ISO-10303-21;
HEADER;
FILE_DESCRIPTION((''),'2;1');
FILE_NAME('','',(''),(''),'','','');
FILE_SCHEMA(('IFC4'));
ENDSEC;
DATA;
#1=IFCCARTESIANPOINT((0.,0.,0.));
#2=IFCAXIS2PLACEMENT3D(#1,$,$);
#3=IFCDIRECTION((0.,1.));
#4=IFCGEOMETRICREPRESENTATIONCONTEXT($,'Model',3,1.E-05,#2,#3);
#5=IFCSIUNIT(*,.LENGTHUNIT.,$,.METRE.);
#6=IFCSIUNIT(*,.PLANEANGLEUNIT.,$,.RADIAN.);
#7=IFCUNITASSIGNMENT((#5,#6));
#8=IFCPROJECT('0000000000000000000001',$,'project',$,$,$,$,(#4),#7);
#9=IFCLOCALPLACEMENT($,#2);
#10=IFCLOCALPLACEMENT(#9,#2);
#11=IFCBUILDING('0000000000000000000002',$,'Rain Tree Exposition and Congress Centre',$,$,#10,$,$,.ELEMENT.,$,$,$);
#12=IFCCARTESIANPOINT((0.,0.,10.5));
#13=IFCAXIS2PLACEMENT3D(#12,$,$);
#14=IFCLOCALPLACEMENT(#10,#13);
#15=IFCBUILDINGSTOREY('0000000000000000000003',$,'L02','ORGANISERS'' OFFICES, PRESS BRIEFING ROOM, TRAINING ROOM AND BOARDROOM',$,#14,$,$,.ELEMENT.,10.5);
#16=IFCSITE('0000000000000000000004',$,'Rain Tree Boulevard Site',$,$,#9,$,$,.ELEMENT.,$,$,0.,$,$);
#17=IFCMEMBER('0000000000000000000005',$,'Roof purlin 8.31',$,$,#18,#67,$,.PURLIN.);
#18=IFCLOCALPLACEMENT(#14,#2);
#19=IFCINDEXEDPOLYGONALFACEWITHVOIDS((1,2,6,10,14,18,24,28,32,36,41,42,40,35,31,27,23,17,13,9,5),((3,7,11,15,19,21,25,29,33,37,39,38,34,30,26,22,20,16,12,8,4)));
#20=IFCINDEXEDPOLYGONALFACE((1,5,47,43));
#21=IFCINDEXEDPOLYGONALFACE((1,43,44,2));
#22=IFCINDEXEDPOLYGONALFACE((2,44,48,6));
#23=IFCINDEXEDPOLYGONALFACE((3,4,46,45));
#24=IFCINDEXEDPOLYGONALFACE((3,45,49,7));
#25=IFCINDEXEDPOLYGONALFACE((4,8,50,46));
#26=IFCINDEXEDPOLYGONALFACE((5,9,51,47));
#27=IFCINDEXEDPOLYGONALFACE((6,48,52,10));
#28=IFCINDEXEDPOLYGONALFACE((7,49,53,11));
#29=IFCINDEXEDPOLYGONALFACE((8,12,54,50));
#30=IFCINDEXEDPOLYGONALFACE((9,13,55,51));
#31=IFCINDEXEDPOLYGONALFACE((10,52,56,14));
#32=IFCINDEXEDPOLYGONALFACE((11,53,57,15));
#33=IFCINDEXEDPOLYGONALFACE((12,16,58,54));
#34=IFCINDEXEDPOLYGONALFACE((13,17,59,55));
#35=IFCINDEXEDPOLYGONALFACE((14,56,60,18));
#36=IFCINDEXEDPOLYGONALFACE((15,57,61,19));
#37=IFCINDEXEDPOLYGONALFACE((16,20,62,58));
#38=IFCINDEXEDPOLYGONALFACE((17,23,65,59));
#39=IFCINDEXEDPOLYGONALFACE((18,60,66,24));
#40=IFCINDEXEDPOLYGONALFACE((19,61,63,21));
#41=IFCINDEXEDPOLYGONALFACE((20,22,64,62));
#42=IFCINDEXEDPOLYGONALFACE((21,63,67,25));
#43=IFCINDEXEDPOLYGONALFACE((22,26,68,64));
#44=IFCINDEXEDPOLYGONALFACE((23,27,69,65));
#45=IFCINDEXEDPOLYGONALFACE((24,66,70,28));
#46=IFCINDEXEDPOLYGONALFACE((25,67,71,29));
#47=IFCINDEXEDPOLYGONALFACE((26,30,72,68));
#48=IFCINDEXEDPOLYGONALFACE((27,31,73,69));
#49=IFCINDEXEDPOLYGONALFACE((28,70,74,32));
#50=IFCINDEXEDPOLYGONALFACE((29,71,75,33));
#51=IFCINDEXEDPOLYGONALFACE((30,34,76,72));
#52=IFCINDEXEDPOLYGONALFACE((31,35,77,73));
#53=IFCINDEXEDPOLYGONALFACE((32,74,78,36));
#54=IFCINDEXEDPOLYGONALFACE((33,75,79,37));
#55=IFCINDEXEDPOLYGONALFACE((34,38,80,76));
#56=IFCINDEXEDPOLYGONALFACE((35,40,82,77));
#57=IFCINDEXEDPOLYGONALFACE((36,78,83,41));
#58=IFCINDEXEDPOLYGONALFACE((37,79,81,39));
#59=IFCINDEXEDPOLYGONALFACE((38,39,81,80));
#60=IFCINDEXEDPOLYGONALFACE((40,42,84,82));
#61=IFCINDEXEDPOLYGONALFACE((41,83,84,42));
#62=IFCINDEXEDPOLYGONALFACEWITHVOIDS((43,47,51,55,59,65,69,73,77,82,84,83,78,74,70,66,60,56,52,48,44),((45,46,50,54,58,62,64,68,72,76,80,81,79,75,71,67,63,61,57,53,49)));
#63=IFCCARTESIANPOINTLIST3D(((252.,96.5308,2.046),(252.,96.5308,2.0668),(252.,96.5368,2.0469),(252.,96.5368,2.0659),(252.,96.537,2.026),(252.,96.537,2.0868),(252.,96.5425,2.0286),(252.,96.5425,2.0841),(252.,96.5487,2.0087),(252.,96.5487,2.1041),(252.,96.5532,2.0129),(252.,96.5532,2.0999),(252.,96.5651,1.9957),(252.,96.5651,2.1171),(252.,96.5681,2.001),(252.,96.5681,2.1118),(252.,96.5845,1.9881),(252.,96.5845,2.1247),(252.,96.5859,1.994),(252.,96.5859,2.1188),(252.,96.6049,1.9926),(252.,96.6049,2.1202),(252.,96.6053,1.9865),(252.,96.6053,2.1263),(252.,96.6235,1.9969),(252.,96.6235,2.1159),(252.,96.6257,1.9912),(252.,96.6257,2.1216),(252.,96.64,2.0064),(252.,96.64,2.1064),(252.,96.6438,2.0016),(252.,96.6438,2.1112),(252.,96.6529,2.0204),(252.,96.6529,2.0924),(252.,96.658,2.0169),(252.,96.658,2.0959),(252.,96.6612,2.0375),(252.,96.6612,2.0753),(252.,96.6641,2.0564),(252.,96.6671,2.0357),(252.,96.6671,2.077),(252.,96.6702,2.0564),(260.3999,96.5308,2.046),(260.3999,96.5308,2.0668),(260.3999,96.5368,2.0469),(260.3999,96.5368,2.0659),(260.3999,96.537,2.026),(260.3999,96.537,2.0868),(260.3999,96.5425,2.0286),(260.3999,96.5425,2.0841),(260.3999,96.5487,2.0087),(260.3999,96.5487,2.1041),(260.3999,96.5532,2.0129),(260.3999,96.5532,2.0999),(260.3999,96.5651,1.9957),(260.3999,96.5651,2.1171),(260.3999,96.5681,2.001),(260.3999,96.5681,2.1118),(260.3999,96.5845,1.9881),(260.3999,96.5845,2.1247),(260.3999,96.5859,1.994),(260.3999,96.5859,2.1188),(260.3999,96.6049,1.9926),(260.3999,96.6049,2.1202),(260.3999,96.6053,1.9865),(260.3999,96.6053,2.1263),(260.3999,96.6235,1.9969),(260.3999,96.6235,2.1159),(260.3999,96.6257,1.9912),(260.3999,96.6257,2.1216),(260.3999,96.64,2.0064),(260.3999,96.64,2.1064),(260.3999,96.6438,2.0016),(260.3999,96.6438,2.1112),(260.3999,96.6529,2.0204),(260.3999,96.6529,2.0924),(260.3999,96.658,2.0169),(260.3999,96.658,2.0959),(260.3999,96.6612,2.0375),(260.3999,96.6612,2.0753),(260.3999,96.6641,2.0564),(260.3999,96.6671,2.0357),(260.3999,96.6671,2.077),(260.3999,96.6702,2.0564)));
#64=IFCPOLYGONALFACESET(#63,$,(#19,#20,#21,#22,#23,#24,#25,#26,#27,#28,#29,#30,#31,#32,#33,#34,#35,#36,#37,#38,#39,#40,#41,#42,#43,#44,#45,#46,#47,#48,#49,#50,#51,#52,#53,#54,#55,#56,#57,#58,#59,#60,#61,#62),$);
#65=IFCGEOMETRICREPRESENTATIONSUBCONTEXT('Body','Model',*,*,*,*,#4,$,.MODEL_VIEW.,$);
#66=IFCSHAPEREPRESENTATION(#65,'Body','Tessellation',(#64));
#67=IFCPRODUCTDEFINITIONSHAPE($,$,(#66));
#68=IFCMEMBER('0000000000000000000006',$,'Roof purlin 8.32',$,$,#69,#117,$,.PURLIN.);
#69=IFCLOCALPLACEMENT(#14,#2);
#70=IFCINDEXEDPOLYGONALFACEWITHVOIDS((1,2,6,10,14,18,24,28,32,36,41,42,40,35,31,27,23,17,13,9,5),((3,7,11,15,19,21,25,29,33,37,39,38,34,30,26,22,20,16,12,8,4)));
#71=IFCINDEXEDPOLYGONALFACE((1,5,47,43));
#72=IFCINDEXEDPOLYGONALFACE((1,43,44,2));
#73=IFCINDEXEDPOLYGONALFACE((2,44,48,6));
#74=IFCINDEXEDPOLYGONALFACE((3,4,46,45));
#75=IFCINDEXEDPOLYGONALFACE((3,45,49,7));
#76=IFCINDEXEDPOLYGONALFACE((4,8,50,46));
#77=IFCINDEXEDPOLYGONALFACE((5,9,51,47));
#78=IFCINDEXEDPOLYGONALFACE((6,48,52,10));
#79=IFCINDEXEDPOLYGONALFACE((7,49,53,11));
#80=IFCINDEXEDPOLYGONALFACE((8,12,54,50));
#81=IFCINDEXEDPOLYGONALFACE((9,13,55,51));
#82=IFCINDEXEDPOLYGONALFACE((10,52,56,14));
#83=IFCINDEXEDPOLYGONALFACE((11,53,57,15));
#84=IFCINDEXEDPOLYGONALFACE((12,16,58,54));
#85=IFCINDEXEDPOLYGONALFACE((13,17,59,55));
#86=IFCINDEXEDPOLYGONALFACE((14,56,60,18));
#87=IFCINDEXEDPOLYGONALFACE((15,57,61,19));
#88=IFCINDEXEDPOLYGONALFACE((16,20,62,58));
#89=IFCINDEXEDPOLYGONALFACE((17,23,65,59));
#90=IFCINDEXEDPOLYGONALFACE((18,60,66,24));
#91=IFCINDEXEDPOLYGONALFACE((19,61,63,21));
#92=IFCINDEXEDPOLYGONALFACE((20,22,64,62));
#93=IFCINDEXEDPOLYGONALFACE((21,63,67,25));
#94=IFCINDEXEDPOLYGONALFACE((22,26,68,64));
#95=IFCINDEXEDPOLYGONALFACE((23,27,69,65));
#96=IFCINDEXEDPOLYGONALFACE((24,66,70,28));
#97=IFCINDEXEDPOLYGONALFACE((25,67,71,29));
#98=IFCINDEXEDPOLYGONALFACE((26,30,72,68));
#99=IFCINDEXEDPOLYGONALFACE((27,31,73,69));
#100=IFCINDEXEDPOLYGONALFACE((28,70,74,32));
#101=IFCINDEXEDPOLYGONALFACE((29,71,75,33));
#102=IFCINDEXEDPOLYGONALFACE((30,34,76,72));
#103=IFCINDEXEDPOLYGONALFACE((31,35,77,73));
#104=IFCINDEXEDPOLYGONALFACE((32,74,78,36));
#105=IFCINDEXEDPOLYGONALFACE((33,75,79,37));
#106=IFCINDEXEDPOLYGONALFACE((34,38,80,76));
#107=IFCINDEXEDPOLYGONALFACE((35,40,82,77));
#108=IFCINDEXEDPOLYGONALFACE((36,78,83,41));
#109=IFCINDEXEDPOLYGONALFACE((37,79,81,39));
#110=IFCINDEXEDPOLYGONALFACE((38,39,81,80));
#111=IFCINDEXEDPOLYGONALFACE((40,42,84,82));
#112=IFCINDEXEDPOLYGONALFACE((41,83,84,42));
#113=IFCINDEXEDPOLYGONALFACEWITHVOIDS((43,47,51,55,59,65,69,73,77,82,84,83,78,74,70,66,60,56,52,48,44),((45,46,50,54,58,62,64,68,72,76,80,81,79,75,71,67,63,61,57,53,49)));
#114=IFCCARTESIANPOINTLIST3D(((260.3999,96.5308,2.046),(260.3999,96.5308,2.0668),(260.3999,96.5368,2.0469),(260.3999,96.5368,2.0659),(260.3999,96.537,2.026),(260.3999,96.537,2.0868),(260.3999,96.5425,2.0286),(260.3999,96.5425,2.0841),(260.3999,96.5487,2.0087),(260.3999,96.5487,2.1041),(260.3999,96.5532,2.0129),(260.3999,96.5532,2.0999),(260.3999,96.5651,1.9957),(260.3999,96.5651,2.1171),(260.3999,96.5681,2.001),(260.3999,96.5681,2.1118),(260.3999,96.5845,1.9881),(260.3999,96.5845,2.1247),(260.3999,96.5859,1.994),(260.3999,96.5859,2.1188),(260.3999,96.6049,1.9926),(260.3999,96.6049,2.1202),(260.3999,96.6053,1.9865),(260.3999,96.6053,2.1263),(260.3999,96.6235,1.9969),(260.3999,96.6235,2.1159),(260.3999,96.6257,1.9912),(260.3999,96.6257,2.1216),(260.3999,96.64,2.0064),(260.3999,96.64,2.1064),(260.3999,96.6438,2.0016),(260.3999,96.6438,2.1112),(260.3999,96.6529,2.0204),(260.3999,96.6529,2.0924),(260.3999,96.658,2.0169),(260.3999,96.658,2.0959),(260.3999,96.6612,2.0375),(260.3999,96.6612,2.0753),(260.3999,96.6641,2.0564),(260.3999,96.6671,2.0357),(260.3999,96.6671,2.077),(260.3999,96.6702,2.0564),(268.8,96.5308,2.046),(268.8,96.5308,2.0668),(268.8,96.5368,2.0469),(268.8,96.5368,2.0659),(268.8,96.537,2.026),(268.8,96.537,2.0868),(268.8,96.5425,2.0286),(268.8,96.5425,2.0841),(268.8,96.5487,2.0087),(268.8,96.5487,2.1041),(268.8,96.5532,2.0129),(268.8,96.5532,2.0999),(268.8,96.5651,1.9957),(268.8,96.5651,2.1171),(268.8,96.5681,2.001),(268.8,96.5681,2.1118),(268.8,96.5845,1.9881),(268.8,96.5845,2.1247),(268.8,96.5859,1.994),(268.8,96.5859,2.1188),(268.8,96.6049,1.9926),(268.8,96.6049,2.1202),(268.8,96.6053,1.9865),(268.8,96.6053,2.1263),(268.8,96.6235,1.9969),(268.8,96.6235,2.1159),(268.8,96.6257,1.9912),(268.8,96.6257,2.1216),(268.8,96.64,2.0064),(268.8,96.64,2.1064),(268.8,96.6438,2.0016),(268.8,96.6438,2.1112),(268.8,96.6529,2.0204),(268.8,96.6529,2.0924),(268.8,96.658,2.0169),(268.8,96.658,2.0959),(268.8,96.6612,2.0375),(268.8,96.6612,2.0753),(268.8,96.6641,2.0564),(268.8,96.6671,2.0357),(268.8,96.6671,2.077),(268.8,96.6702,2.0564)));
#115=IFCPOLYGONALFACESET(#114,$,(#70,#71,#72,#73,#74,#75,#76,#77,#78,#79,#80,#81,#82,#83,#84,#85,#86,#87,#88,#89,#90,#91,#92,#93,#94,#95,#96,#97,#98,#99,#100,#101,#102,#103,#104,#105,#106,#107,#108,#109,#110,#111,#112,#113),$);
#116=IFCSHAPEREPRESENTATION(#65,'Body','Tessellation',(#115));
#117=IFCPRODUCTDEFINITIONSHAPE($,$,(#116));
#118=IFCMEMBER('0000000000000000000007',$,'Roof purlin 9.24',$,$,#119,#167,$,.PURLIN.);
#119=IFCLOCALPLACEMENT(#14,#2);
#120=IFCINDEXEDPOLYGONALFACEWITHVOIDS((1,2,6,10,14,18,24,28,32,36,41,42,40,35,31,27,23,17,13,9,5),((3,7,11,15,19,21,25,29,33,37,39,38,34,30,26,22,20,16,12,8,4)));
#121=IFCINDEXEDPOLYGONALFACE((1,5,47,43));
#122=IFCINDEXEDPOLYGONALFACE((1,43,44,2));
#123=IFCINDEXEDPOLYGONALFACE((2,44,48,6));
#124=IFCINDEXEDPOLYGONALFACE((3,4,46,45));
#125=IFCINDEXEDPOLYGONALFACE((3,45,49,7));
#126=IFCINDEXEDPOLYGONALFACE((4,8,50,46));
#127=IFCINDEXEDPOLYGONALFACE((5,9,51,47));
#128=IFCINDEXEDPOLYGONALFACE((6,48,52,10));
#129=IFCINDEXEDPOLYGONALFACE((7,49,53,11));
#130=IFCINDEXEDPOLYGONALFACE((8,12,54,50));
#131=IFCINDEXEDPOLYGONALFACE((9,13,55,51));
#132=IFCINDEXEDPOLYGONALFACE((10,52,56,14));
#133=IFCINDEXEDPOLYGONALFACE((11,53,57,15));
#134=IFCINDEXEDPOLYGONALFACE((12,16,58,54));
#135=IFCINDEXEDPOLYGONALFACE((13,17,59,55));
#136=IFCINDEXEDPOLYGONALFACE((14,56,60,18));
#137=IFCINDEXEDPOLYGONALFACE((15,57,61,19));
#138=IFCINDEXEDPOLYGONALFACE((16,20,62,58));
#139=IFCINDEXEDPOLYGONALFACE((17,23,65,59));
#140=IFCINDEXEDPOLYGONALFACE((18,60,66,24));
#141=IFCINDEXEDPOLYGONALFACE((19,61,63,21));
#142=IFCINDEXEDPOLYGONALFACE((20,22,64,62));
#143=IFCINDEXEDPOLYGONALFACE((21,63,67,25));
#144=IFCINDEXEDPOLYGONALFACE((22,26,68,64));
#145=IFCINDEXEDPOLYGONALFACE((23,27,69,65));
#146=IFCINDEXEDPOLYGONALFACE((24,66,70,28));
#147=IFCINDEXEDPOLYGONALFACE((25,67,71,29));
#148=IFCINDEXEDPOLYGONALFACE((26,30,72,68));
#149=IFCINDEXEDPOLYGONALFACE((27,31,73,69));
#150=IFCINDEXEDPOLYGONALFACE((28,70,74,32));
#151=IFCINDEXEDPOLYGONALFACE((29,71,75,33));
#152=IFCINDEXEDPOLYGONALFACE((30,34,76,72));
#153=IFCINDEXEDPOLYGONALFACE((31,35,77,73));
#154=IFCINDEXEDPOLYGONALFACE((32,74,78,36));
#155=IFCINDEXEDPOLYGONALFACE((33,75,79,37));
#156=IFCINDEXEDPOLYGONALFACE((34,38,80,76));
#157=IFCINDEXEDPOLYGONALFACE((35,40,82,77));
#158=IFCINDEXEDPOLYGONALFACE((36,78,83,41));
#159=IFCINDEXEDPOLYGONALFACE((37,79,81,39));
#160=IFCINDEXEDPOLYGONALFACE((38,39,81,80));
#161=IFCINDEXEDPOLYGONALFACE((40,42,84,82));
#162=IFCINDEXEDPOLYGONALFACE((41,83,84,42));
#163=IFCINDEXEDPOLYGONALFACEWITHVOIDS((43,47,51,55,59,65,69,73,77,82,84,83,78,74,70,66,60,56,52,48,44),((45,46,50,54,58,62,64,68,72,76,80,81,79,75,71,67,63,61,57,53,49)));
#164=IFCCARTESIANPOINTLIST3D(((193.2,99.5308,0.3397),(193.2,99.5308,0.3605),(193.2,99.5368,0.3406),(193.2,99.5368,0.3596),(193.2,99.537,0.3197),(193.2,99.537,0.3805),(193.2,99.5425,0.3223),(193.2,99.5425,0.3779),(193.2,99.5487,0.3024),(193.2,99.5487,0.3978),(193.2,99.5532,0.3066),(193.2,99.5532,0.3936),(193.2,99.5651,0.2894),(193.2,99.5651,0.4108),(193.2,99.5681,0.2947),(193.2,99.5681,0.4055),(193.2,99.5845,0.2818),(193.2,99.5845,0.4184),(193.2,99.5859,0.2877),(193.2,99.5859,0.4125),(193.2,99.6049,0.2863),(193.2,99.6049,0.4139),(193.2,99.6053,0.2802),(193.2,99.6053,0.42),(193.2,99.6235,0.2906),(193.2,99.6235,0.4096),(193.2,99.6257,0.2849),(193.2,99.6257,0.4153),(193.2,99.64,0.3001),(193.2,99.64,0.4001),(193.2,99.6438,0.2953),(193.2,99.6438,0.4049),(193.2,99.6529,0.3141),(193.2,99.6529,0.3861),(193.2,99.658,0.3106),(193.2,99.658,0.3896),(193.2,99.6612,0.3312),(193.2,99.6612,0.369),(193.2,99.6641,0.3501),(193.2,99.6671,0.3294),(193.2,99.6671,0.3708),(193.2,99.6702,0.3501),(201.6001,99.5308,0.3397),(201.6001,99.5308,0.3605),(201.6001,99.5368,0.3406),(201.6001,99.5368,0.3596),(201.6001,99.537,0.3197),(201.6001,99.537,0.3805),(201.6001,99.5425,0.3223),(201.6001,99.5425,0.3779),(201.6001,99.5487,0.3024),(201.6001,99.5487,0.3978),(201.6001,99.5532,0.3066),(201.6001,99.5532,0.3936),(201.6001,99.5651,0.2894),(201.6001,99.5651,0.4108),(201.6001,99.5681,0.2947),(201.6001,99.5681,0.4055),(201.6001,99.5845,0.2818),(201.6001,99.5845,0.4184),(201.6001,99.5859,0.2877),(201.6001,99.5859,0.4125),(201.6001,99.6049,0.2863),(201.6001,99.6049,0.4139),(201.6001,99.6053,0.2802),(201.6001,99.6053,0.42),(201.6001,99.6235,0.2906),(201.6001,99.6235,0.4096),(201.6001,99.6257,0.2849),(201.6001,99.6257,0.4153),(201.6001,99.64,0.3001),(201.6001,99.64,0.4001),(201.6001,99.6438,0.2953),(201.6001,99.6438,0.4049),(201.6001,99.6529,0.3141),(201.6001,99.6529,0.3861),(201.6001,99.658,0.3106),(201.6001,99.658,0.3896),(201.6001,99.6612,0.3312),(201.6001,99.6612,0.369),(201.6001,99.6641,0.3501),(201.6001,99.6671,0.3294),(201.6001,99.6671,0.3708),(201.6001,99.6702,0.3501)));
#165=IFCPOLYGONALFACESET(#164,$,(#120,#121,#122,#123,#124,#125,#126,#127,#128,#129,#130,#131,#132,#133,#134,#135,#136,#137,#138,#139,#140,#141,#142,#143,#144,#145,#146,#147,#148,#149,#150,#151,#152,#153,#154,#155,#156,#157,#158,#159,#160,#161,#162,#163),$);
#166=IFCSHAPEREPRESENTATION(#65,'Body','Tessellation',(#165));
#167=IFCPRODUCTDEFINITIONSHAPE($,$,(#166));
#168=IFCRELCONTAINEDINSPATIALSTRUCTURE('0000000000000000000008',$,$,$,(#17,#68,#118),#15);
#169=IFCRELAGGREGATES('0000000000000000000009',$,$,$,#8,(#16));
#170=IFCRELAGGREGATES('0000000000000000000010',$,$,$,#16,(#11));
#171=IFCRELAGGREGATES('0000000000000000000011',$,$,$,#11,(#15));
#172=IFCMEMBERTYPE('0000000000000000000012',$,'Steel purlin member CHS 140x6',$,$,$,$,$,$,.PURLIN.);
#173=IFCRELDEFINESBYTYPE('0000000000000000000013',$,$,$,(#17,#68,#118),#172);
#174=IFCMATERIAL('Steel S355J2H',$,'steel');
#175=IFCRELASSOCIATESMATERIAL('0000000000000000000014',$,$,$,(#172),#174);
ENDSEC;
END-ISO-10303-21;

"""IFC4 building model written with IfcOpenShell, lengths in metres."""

from ifc_helpers import new_model, si_unit, direction, frame, origin, origin_2d, place, context, subcontext, project, spatial, hollow_circle, extrude, material, material_profile, profile_set, type_object, element, save


model = new_model("IFC4")

# Units and contexts
model_context = context("Model", 3, precision=1e-05, world=origin(), true_north=direction((0.0, 1.0)))
body_context = subcontext(model_context, "Body", "Model", "MODEL_VIEW")
ifc_project = project(units=[si_unit("LENGTHUNIT", "METRE"), si_unit("PLANEANGLEUNIT", "RADIAN")], contexts=[model_context])

# Site, building, storey
site_placement = place(None, origin())
site = spatial("IfcSite", under=ifc_project, at=site_placement, Name="Rain Tree Boulevard Site", CompositionType="ELEMENT", RefElevation=0.0)
building_placement = place(site_placement, origin())
building = spatial("IfcBuilding", under=site, at=building_placement, Name="Rain Tree Exposition and Congress Centre", CompositionType="ELEMENT")
storey_placement = place(building_placement, frame((0.0, 0.0, 10.5)))
storey = spatial("IfcBuildingStorey", under=building, at=storey_placement, Name="L02", Description="ORGANISERS' OFFICES, PRESS BRIEFING ROOM, TRAINING ROOM AND BOARDROOM", CompositionType="ELEMENT", Elevation=10.5)

# Members
ifc_material_1 = material(Name="Steel S355J2H", Category="steel")
ifc_material_profile_1 = material_profile(ifc_material_1, hollow_circle(Radius=0.0701, WallThickness=0.0061, at=origin_2d()), Name="CHS 140x6")
ifc_profile_set_1 = profile_set([ifc_material_profile_1], Name="Steel S355J2H")
member_type_1 = type_object("IfcMemberType", Name="Steel purlin member CHS 140x6", PredefinedType="PURLIN", material=ifc_profile_set_1)
for number, where, z_axis, x_axis, name in (
    (1, (252.0, 96.6001, 2.0564), (1.0, 0.0, 0.0), (0.0, 1.0, 0.0), "Roof purlin 8.31"),
):
    element("IfcMember", number, at=place(storey_placement, frame(where, z_axis=z_axis, x_axis=x_axis)), inside=storey, type_object=member_type_1, Name=name, PredefinedType="PURLIN", context=body_context, shape_type="SweptSolid", body=[
        extrude(hollow_circle(Radius=0.0701, WallThickness=0.0061, at=origin_2d()), origin(), (0.0, 0.0, 1.0), 8.3999),
    ])
for number, where, z_axis, x_axis, name in (
    (2, (260.3999, 96.6001, 2.0564), (1.0, 0.0, 0.0), (0.0, 1.0, 0.0), "Roof purlin 8.32"),
    (3, (193.2, 99.6001, 0.3501), (1.0, 0.0, 0.0), (0.0, 1.0, 0.0), "Roof purlin 9.24"),
):
    element("IfcMember", number, at=place(storey_placement, frame(where, z_axis=z_axis, x_axis=x_axis)), inside=storey, type_object=member_type_1, Name=name, PredefinedType="PURLIN", context=body_context, shape_type="SweptSolid", body=[
        extrude(hollow_circle(Radius=0.0701, WallThickness=0.0061, at=origin_2d()), origin(), (0.0, 0.0, 1.0), 8.4001),
    ])

save(model, "model.ifc")
